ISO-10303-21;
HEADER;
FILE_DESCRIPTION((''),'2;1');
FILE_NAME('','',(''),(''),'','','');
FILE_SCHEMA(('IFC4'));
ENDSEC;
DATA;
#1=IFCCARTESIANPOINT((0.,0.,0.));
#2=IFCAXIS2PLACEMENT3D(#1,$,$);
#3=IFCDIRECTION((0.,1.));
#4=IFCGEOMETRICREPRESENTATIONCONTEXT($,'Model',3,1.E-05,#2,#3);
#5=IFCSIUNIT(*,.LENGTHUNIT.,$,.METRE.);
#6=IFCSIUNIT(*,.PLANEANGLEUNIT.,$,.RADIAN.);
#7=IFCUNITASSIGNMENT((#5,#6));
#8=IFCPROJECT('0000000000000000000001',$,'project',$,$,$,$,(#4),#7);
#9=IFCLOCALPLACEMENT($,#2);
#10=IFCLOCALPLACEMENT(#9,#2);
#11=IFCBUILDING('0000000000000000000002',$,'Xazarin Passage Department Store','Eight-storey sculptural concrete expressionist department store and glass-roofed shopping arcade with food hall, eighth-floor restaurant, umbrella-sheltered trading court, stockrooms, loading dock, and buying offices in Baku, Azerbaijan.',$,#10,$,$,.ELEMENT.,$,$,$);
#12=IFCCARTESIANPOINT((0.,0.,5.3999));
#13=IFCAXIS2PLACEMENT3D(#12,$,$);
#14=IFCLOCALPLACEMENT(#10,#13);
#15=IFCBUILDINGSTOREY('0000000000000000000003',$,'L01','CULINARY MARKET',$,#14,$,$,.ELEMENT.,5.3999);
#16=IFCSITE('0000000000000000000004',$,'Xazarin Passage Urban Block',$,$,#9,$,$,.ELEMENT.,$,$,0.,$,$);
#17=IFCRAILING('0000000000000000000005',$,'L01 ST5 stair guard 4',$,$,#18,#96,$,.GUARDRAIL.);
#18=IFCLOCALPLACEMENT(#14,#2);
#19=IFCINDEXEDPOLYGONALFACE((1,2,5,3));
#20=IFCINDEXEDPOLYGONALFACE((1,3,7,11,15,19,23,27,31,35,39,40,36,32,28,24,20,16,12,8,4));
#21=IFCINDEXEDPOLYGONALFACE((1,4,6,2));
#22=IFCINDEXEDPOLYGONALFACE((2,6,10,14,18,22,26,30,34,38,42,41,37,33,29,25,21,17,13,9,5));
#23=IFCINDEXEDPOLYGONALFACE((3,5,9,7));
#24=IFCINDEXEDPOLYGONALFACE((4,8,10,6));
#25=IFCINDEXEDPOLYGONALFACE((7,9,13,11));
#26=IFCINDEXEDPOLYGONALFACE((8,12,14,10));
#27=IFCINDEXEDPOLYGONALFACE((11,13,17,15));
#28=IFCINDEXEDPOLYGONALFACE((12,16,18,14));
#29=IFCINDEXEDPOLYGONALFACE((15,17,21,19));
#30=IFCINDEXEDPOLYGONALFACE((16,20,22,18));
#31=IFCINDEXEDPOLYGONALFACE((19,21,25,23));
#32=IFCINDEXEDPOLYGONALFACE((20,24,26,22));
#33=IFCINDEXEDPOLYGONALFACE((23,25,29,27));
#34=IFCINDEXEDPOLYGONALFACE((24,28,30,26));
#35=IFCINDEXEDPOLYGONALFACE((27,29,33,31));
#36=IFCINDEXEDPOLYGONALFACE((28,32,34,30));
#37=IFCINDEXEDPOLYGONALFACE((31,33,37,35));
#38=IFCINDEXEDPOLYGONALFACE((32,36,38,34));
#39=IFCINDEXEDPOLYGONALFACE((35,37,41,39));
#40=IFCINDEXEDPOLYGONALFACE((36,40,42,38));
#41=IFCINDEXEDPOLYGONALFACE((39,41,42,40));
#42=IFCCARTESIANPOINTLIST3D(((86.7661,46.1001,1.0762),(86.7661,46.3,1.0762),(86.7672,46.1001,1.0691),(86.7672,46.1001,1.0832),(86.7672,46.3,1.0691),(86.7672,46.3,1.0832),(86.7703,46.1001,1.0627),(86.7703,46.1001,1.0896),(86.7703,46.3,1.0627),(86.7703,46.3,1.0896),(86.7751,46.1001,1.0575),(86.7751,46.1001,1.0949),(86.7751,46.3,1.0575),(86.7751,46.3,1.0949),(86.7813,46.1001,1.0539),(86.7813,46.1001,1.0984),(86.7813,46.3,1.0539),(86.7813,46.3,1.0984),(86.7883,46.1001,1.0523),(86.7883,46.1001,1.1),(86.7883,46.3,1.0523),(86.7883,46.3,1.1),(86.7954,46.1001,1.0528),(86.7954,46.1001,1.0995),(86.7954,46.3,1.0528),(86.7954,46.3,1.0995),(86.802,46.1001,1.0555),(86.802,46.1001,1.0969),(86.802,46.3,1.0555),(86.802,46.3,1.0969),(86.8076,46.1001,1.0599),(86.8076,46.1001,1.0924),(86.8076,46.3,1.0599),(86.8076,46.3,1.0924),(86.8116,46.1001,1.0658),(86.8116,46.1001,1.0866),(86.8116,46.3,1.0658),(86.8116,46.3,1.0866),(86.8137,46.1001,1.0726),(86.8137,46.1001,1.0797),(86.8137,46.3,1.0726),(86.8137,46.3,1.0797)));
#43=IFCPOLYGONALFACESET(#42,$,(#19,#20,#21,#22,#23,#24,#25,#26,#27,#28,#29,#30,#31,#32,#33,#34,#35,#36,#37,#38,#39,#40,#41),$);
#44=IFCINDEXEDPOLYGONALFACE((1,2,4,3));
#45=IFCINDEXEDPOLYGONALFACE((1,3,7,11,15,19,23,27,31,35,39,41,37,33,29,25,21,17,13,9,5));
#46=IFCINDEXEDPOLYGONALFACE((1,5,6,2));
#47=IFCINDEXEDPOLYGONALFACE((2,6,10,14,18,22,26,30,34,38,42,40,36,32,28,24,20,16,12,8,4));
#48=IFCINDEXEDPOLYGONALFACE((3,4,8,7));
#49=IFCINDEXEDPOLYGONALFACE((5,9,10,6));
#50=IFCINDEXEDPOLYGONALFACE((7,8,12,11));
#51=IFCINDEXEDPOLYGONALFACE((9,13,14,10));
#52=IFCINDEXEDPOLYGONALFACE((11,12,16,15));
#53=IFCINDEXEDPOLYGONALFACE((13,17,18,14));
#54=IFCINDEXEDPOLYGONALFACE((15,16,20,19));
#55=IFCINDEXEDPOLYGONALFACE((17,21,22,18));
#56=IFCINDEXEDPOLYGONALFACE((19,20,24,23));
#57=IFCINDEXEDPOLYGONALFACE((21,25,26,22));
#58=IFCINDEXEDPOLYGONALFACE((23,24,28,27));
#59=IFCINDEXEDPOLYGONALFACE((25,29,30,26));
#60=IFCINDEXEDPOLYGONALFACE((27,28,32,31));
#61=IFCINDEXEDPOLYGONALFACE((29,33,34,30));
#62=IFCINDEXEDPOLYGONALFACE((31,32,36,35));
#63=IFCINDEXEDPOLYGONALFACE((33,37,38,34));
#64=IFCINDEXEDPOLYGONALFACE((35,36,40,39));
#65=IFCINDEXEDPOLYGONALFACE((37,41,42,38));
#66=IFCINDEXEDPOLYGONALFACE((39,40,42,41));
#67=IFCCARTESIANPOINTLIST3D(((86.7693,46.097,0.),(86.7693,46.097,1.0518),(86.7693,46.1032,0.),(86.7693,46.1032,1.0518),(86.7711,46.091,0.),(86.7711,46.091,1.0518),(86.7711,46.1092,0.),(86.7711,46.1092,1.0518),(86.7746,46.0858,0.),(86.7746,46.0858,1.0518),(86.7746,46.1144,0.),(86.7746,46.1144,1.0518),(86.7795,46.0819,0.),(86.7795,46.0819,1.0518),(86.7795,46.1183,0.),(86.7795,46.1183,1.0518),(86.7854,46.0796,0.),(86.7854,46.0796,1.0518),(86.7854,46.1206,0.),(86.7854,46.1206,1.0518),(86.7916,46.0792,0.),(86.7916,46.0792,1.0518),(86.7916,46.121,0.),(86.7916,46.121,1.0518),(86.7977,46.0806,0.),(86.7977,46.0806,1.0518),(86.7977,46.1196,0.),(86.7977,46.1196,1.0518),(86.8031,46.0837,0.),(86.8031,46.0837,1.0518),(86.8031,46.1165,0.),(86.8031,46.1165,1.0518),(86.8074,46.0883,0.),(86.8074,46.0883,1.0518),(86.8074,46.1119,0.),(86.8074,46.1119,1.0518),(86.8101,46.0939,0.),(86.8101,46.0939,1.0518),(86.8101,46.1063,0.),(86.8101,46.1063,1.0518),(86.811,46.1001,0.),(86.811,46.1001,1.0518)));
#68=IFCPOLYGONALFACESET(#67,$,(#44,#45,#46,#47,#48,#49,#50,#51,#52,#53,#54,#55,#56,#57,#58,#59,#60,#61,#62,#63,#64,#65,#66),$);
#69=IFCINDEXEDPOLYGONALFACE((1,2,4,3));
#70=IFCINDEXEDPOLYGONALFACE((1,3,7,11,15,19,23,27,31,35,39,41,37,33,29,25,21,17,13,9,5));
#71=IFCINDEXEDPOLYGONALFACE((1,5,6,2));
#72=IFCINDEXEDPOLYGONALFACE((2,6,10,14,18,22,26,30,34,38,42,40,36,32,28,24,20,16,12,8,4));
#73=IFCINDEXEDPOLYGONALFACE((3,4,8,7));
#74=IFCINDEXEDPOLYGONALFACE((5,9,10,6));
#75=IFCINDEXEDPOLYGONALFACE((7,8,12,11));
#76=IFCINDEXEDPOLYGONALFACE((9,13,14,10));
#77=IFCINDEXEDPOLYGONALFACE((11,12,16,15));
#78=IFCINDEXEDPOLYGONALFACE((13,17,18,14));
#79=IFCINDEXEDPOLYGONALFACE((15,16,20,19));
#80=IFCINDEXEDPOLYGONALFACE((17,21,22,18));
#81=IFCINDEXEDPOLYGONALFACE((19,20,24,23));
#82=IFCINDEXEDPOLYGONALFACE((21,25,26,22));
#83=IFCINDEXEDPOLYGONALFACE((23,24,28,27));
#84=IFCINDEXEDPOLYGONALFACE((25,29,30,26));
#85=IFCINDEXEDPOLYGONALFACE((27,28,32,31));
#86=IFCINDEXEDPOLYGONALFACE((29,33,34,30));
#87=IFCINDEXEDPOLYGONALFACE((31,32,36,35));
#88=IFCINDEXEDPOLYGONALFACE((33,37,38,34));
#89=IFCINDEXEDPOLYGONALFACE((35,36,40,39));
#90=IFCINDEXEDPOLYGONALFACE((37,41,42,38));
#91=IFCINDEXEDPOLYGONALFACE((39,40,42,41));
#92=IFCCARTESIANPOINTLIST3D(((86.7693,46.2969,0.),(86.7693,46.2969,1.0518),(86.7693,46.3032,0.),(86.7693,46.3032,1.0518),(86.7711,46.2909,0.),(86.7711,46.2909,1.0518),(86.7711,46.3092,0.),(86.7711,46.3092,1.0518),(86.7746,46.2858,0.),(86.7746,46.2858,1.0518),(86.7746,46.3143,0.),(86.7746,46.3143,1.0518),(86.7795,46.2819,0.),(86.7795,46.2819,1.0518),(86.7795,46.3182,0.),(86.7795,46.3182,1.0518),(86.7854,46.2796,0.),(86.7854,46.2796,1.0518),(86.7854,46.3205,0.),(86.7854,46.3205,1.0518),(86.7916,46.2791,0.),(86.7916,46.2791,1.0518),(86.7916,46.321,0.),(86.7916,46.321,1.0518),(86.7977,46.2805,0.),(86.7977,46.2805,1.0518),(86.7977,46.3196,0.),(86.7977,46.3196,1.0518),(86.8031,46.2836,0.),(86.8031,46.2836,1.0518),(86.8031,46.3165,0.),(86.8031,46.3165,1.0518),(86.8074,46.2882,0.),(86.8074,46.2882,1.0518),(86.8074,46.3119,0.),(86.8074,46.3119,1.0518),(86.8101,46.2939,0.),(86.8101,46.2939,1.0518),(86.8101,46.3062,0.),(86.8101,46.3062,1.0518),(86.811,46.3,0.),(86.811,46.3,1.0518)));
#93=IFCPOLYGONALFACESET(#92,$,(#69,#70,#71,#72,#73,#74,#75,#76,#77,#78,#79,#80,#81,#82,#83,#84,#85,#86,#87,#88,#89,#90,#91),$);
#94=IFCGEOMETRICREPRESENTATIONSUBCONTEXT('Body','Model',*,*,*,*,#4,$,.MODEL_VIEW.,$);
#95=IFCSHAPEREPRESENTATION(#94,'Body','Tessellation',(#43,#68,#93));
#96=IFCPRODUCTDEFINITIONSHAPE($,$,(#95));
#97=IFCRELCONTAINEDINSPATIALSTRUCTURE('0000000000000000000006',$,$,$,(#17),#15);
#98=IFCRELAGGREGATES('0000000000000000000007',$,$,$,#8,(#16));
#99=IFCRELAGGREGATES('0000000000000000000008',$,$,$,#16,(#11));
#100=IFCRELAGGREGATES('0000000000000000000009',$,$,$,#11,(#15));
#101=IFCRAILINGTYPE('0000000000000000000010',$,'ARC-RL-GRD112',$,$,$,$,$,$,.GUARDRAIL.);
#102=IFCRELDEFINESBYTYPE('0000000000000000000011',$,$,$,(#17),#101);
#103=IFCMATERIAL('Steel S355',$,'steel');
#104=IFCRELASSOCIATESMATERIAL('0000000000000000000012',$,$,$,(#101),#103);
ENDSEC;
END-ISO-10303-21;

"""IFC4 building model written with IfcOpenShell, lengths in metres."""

from ifc_helpers import new_model, si_unit, direction, frame, origin, origin_2d, place, context, subcontext, project, spatial, circle, extrude, material, type_object, element, save


model = new_model("IFC4")

# Units and contexts
model_context = context("Model", 3, precision=1e-05, world=origin(), true_north=direction((0.0, 1.0)))
body_context = subcontext(model_context, "Body", "Model", "MODEL_VIEW")
ifc_project = project(units=[si_unit("LENGTHUNIT", "METRE"), si_unit("PLANEANGLEUNIT", "RADIAN")], contexts=[model_context])

# Site, building, storey
site_placement = place(None, origin())
site = spatial("IfcSite", under=ifc_project, at=site_placement, Name="Xazarin Passage Urban Block", CompositionType="ELEMENT", RefElevation=0.0)
building_placement = place(site_placement, origin())
building = spatial("IfcBuilding", under=site, at=building_placement, Name="Xazarin Passage Department Store", Description="Eight-storey sculptural concrete expressionist department store and glass-roofed shopping arcade with food hall, eighth-floor restaurant, umbrella-sheltered trading court, stockrooms, loading dock, and buying offices in Baku, Azerbaijan.", CompositionType="ELEMENT")
storey_placement = place(building_placement, frame((0.0, 0.0, 5.3999)))
storey = spatial("IfcBuildingStorey", under=building, at=storey_placement, Name="L01", Description="CULINARY MARKET", CompositionType="ELEMENT", Elevation=5.3999)

# Shared definitions
ifc_material_1 = material(Name="Steel S355", Category="steel")

# Railing
railing_type_1 = type_object("IfcRailingType", Name="ARC-RL-GRD112", PredefinedType="GUARDRAIL", material=ifc_material_1)
railing_1_placement = place(storey_placement, frame((86.79, 46.1001, 0.0)))
element("IfcRailing", 1, at=railing_1_placement, inside=storey, type_object=railing_type_1, Name="L01 ST5 stair guard 4", PredefinedType="GUARDRAIL", context=body_context, shape_type="SweptSolid", body=[
    extrude(circle(Radius=0.0239, at=origin_2d()), frame((0.0, 0.0, 1.0762), z_axis=(0.0, 1.0, 0.0), x_axis=(-1.0, 0.0, 0.0)), (0.0, 0.0, 1.0), 0.2),
    extrude(circle(Radius=0.021, at=origin_2d()), origin(), (0.0, 0.0, 1.0), 1.0518),
    extrude(circle(Radius=0.021, at=origin_2d()), frame((0.0, 0.2, 0.0)), (0.0, 0.0, 1.0), 1.0518),
])

save(model, "model.ifc")
